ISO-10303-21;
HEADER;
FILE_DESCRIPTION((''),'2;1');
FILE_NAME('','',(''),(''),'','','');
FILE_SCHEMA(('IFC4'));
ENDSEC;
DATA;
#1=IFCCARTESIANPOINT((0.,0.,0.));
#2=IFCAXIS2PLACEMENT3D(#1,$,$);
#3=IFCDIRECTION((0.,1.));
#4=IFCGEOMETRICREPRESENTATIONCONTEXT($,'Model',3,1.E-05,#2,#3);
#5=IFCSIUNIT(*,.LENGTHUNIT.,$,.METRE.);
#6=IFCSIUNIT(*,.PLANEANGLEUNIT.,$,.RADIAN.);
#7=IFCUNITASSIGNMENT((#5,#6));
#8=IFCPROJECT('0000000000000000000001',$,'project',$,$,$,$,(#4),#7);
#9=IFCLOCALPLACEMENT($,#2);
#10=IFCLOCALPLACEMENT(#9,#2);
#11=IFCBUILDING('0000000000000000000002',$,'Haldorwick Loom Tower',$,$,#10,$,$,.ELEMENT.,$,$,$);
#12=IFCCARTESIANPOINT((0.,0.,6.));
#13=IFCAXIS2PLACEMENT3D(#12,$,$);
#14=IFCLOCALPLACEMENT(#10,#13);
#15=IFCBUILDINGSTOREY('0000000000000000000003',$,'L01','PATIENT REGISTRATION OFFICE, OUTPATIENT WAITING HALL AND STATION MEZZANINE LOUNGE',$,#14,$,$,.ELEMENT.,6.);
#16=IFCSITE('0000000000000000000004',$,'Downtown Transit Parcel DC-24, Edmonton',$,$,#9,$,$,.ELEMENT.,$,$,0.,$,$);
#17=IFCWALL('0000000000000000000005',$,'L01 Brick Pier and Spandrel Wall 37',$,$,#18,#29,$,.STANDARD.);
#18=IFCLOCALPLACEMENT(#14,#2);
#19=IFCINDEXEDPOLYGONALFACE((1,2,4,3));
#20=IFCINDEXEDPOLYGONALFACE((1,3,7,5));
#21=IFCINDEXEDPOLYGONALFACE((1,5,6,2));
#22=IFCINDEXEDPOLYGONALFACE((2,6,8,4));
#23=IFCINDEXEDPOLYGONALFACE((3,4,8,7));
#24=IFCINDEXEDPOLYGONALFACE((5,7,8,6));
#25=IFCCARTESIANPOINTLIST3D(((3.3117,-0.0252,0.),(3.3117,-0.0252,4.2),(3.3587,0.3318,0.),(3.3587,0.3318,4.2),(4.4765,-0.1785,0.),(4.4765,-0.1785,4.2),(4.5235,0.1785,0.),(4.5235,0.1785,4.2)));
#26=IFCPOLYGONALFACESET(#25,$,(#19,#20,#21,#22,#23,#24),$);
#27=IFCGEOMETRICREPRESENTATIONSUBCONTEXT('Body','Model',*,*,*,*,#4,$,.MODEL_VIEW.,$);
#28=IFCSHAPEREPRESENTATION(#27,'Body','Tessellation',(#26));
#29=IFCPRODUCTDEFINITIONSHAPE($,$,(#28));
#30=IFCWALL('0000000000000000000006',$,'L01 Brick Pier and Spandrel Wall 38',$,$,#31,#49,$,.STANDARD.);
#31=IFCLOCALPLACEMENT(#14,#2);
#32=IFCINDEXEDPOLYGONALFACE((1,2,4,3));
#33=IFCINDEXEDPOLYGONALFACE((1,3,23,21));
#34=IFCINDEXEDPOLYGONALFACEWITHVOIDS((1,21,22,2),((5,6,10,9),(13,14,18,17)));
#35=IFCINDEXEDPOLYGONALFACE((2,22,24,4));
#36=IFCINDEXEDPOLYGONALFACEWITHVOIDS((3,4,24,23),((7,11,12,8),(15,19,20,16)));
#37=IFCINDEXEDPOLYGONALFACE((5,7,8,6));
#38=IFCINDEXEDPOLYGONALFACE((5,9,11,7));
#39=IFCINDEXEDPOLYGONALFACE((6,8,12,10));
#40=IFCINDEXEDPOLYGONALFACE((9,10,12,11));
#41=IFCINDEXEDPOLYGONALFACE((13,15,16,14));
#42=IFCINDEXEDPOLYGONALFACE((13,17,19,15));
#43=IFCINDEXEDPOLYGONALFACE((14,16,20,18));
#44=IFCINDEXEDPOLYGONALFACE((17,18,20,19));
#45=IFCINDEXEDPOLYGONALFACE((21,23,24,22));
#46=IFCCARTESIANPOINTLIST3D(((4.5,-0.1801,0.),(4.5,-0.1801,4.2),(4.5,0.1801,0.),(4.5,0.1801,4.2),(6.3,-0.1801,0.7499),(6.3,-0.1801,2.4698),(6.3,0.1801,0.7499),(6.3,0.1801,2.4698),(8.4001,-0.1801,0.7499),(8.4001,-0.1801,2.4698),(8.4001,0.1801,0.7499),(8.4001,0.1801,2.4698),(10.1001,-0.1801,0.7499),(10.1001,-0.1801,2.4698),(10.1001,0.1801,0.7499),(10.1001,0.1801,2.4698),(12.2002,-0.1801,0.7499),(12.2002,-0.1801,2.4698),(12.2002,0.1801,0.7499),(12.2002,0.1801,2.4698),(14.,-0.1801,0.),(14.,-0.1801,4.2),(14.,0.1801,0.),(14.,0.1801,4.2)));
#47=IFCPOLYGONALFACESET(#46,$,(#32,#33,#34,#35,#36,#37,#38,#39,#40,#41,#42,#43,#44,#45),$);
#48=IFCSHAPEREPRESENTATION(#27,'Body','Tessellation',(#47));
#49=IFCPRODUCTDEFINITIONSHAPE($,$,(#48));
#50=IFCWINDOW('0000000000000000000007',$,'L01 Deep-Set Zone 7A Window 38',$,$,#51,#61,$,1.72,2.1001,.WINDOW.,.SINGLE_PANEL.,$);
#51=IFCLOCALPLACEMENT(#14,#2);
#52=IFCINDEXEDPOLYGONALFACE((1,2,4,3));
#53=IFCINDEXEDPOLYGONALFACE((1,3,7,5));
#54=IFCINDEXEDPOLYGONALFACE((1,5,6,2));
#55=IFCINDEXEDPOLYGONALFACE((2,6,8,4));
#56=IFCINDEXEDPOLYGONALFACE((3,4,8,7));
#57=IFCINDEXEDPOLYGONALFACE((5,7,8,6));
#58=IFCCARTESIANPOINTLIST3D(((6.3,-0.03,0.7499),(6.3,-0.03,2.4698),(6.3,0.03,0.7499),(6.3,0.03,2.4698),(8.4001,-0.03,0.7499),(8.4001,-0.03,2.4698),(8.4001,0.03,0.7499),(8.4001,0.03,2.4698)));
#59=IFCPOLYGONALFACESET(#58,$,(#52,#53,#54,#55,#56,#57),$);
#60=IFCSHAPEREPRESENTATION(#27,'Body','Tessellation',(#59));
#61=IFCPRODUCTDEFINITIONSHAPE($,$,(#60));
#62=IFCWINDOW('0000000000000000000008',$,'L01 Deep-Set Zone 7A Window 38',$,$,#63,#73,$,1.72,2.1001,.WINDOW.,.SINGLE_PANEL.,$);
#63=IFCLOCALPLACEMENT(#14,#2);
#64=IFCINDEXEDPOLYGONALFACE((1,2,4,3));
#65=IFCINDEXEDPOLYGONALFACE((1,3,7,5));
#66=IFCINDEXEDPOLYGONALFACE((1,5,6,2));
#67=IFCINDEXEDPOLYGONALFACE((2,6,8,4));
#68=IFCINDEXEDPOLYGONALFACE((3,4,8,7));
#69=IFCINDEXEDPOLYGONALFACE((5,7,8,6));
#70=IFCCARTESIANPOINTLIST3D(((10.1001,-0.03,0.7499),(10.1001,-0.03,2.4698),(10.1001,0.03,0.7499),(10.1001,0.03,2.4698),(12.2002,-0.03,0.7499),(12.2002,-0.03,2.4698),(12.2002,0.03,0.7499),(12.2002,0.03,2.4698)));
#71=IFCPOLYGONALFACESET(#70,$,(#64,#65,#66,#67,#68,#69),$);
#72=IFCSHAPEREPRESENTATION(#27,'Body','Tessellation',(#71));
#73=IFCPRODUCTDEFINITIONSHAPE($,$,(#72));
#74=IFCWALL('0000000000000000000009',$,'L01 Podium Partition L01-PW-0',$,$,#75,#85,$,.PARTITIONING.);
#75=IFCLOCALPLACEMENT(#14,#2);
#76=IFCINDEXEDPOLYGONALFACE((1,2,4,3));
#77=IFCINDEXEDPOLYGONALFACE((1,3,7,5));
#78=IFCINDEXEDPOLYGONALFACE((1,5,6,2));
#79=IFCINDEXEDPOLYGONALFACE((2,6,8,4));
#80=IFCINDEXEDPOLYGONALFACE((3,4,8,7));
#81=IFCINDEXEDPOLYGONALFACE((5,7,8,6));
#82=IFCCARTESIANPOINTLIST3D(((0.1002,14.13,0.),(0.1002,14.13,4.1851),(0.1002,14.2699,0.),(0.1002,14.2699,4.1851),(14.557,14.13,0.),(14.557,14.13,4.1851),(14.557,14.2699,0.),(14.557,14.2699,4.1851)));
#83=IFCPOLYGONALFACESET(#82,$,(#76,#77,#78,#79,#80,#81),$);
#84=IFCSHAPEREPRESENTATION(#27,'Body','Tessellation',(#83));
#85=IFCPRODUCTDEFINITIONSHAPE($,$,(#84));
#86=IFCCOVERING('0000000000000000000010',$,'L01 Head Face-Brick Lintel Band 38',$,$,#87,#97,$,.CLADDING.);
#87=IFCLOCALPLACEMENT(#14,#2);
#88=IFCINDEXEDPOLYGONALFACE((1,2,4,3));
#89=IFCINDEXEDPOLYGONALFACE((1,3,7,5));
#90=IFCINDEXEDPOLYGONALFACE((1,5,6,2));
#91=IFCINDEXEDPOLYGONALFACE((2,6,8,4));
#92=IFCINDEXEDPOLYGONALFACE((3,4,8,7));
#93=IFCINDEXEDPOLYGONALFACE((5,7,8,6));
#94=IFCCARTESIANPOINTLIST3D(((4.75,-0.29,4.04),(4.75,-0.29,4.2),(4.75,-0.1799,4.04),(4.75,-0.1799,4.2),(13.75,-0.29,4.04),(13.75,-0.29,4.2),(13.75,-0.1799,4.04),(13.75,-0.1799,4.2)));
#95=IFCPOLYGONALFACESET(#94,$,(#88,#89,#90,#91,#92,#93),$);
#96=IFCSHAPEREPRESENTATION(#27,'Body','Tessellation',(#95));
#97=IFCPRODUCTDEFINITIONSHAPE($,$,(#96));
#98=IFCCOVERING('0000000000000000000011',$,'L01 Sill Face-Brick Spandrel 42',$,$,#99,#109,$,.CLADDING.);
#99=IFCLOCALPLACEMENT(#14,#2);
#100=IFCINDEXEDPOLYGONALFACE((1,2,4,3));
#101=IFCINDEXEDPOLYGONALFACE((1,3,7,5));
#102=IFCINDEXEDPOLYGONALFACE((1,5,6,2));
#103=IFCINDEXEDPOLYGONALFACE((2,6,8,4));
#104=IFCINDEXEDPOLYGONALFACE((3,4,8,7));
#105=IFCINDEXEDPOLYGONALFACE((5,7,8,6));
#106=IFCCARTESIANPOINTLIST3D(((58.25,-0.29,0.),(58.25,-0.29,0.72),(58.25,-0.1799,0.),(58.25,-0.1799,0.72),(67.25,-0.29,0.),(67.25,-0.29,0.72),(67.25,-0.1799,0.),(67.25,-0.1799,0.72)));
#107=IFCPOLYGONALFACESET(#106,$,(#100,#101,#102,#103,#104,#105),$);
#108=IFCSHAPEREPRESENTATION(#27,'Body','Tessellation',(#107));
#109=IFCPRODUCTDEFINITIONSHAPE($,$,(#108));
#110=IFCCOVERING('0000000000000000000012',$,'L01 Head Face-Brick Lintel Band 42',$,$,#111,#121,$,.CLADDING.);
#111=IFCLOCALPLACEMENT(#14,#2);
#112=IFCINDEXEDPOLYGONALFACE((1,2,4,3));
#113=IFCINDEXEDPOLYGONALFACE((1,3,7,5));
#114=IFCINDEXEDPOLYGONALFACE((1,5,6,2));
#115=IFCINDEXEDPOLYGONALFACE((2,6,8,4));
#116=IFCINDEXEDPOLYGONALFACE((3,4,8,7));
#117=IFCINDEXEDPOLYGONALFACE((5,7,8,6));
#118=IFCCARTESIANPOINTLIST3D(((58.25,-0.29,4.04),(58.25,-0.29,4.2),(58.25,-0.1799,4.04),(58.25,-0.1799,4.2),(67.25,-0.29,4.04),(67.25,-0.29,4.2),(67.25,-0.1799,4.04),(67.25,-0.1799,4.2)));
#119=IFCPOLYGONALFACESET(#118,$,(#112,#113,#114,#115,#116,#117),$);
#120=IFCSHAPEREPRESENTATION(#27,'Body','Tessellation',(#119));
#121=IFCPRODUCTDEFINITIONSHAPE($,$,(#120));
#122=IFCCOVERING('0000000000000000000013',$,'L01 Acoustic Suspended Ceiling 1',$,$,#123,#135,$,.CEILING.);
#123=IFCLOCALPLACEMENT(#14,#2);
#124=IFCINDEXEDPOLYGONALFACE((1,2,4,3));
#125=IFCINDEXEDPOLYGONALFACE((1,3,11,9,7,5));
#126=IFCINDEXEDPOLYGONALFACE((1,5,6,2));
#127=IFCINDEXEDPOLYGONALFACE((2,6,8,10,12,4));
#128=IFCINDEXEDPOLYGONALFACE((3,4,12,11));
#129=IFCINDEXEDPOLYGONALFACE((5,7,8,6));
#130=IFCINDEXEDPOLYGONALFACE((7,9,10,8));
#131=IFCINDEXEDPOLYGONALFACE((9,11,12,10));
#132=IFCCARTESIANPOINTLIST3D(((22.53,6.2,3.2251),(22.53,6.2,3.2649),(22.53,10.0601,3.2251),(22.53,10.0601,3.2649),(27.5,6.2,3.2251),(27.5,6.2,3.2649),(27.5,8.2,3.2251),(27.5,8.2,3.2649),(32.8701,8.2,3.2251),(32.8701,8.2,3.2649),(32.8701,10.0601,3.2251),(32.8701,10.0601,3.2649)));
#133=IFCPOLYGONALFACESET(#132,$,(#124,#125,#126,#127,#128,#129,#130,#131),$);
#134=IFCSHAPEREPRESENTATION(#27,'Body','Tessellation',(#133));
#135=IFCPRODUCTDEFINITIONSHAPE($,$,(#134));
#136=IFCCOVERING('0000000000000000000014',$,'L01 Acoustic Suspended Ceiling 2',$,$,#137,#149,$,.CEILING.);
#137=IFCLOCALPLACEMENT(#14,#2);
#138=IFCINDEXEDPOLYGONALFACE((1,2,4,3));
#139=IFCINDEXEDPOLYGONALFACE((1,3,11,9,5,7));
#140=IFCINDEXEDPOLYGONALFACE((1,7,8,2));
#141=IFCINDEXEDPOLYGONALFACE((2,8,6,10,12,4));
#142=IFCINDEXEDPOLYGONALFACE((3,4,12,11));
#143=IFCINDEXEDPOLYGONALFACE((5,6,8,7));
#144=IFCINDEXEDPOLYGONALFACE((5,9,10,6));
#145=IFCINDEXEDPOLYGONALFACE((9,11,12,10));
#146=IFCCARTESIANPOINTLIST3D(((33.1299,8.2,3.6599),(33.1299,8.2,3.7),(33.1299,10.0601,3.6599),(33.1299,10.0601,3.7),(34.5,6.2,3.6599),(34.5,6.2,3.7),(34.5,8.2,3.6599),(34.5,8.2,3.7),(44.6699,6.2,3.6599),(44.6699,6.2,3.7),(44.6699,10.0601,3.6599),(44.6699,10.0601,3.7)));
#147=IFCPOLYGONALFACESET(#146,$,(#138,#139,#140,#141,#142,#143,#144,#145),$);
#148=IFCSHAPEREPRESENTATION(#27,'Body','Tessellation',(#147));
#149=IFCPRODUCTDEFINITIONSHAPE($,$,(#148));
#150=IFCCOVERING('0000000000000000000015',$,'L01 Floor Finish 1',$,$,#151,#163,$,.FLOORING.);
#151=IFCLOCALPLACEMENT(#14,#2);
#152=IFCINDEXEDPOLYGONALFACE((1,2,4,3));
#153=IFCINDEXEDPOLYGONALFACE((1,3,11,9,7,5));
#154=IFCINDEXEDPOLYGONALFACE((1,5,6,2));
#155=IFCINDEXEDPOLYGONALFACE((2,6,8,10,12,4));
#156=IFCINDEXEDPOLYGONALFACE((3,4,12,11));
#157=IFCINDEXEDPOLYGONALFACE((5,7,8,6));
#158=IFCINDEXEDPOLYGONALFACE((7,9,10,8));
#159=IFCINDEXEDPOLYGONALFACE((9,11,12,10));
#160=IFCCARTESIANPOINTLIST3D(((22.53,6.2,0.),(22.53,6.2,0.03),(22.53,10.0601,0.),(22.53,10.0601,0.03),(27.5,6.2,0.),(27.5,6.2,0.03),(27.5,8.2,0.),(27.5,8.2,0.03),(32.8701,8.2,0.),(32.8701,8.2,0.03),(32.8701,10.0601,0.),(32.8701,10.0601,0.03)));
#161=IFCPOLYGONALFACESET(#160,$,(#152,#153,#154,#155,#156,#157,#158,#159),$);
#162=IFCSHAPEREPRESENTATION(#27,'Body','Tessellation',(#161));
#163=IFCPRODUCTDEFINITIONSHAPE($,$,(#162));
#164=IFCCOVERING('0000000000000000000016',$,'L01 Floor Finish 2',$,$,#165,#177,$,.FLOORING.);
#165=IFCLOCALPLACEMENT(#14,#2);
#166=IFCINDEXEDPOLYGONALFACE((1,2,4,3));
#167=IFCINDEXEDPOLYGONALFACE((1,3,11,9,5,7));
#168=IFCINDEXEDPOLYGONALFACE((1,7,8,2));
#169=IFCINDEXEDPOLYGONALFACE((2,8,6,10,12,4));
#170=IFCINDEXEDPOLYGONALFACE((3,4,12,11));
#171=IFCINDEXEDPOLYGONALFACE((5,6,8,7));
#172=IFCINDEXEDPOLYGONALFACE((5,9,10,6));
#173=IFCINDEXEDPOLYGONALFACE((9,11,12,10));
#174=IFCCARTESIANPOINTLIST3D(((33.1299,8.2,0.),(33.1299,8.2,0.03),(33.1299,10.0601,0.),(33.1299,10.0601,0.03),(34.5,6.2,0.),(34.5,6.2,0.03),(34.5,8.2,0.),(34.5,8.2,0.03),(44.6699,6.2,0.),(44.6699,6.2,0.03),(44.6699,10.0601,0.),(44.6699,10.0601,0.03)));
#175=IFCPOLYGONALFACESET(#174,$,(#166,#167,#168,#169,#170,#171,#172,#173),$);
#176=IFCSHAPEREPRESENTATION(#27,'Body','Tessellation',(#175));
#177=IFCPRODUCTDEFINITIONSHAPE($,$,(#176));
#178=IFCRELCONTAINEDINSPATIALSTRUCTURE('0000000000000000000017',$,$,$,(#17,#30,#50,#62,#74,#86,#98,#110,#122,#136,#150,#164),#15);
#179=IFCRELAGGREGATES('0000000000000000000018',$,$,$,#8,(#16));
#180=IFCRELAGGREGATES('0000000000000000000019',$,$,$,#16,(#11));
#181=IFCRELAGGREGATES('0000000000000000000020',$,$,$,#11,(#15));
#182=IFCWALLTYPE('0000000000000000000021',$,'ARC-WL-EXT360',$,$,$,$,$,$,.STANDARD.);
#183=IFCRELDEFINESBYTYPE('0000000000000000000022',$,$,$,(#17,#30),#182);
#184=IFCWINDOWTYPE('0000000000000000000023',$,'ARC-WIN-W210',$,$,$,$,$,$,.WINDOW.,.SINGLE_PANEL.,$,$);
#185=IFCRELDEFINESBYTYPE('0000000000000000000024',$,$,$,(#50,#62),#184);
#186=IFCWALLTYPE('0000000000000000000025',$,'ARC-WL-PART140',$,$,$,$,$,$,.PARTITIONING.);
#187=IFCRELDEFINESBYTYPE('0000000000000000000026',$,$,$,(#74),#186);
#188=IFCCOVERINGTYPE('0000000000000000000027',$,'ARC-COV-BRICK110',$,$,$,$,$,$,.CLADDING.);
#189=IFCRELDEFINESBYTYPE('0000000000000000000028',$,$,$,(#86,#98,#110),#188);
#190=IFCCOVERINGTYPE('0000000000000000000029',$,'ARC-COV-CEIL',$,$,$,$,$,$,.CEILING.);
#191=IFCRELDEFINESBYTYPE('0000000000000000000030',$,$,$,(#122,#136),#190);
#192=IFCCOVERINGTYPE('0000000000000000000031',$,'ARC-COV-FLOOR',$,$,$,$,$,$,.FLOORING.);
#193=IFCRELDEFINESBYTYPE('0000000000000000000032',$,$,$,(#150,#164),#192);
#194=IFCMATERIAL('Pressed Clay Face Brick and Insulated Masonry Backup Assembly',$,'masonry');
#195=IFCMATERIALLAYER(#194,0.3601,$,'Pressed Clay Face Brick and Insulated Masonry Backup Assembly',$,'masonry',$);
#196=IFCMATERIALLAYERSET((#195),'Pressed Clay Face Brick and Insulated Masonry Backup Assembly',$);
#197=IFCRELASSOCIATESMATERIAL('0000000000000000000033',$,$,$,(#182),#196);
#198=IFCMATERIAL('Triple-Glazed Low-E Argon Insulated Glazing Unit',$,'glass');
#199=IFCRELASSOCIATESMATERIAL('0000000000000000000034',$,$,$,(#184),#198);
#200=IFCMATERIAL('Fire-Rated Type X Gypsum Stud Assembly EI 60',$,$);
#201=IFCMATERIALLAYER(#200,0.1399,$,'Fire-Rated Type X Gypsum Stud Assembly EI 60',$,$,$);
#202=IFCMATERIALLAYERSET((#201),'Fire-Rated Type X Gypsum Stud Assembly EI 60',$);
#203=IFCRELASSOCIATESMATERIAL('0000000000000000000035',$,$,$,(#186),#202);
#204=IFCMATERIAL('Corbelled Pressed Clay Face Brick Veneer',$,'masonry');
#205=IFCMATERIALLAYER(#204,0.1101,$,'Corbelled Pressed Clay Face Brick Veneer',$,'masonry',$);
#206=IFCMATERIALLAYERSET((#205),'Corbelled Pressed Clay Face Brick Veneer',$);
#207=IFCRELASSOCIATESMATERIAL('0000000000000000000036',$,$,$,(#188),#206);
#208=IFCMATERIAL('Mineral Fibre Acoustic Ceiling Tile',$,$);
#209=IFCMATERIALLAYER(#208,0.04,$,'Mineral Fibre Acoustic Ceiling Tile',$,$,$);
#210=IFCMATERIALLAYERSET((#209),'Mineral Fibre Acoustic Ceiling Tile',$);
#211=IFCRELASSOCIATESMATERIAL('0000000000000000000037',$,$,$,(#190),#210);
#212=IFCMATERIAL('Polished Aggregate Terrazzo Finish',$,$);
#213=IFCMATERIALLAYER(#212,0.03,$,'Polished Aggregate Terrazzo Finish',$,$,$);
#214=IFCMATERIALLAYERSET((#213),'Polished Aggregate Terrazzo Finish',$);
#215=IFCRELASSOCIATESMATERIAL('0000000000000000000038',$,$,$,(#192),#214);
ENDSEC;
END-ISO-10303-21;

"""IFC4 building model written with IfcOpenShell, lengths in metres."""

from ifc_helpers import new_model, si_unit, direction, frame, frame_2d, origin, place, context, subcontext, project, spatial, polyline, rectangle, outline, extrude, material, layer, layer_set, type_object, element, fill, save


model = new_model("IFC4")

# Units and contexts
model_context = context("Model", 3, precision=1e-05, world=origin(), true_north=direction((0.0, 1.0)))
body_context = subcontext(model_context, "Body", "Model", "MODEL_VIEW")
ifc_project = project(units=[si_unit("LENGTHUNIT", "METRE"), si_unit("PLANEANGLEUNIT", "RADIAN")], contexts=[model_context])

# Site, building, storey
site_placement = place(None, origin())
site = spatial("IfcSite", under=ifc_project, at=site_placement, Name="Downtown Transit Parcel DC-24, Edmonton", CompositionType="ELEMENT", RefElevation=0.0)
building_placement = place(site_placement, origin())
building = spatial("IfcBuilding", under=site, at=building_placement, Name="Haldorwick Loom Tower", CompositionType="ELEMENT")
storey_placement = place(building_placement, frame((0.0, 0.0, 6.0)))
storey = spatial("IfcBuildingStorey", under=building, at=storey_placement, Name="L01", Description="PATIENT REGISTRATION OFFICE, OUTPATIENT WAITING HALL AND STATION MEZZANINE LOUNGE", CompositionType="ELEMENT", Elevation=6.0)

# Shared definitions
ifc_material_1 = material(Name="Pressed Clay Face Brick and Insulated Masonry Backup Assembly", Category="masonry")
ifc_layer_1 = layer(ifc_material_1, 0.3601, Name="Pressed Clay Face Brick and Insulated Masonry Backup Assembly", Category="masonry")
ifc_layer_set_1 = layer_set([ifc_layer_1], Name="Pressed Clay Face Brick and Insulated Masonry Backup Assembly")
wall_type_1 = type_object("IfcWallType", Name="ARC-WL-EXT360", PredefinedType="STANDARD", material=ifc_layer_set_1)
ifc_material_2 = material(Name="Triple-Glazed Low-E Argon Insulated Glazing Unit", Category="glass")
window_type = type_object("IfcWindowType", Name="ARC-WIN-W210", PartitioningType="SINGLE_PANEL", PredefinedType="WINDOW", material=ifc_material_2)

# Wall
wall_1_placement = place(storey_placement, frame((3.3352, 0.1533, 0.0), z_axis=(0.0, 0.0, 1.0), x_axis=(0.991448, -0.130503, 0.0)))
element("IfcWall", 1, at=wall_1_placement, inside=storey, type_object=wall_type_1, Name="L01 Brick Pier and Spandrel Wall 37", PredefinedType="STANDARD", context=body_context, shape_type="SweptSolid", body=[
    extrude(rectangle(XDim=1.1748, YDim=0.3601, at=frame_2d((0.5874, 0.0))), origin(), (0.0, 0.0, 1.0), 4.2),
])

# Wall, openings, windows
wall_2_placement = place(storey_placement, frame((4.5, 0.0, 0.0), z_axis=(0.0, 0.0, 1.0), x_axis=(1.0, 0.0, 0.0)))
wall_2 = element("IfcWall", 2, at=wall_2_placement, inside=storey, type_object=wall_type_1, Name="L01 Brick Pier and Spandrel Wall 38", PredefinedType="STANDARD", context=body_context, shape_type="SweptSolid", body=[
    extrude(rectangle(XDim=9.5, YDim=0.3601, at=frame_2d((4.75, 0.0))), origin(), (0.0, 0.0, 1.0), 4.2),
])
opening_1_placement = place(wall_2_placement, frame((1.8, 0.0, 0.75)))
opening_1 = element("IfcOpeningElement", 3, at=opening_1_placement, cuts=wall_2, PredefinedType="OPENING", context=body_context, shape_type="SweptSolid", body=[
    extrude(rectangle(XDim=2.1001, YDim=1.72, at=frame_2d((1.05, 0.8599))), frame((0.0, 0.1899, 0.0), z_axis=(0.0, -1.0, 0.0), x_axis=(1.0, 0.0, 0.0)), (0.0, 0.0, 1.0), 0.3801),
])
opening_2_placement = place(wall_2_placement, frame((5.6001, 0.0, 0.75)))
opening_2 = element("IfcOpeningElement", 4, at=opening_2_placement, cuts=wall_2, PredefinedType="OPENING", context=body_context, shape_type="SweptSolid", body=[
    extrude(rectangle(XDim=2.1001, YDim=1.72, at=frame_2d((1.05, 0.8599))), frame((0.0, 0.1899, 0.0), z_axis=(0.0, -1.0, 0.0), x_axis=(1.0, 0.0, 0.0)), (0.0, 0.0, 1.0), 0.3801),
])
window_1_placement = place(opening_1_placement, origin())
window_1 = element("IfcWindow", 5, at=window_1_placement, inside=storey, type_object=window_type, Name="L01 Deep-Set Zone 7A Window 38", OverallHeight=1.72, OverallWidth=2.1001, PartitioningType="SINGLE_PANEL", PredefinedType="WINDOW", context=body_context, shape_type="SweptSolid", body=[
    extrude(rectangle(XDim=2.1001, YDim=1.72, at=frame_2d((1.05, 0.8599))), frame((0.0, 0.03, 0.0), z_axis=(0.0, -1.0, 0.0), x_axis=(1.0, 0.0, 0.0)), (0.0, 0.0, 1.0), 0.0601),
])
fill(opening_1, window_1)
window_2_placement = place(opening_2_placement, origin())
window_2 = element("IfcWindow", 6, at=window_2_placement, inside=storey, type_object=window_type, Name="L01 Deep-Set Zone 7A Window 38", OverallHeight=1.72, OverallWidth=2.1001, PartitioningType="SINGLE_PANEL", PredefinedType="WINDOW", context=body_context, shape_type="SweptSolid", body=[
    extrude(rectangle(XDim=2.1001, YDim=1.72, at=frame_2d((1.05, 0.8599))), frame((0.0, 0.03, 0.0), z_axis=(0.0, -1.0, 0.0), x_axis=(1.0, 0.0, 0.0)), (0.0, 0.0, 1.0), 0.0601),
])
fill(opening_2, window_2)

# Wall
ifc_material_3 = material(Name="Fire-Rated Type X Gypsum Stud Assembly EI 60")
ifc_layer_2 = layer(ifc_material_3, 0.1399, Name="Fire-Rated Type X Gypsum Stud Assembly EI 60")
ifc_layer_set_2 = layer_set([ifc_layer_2], Name="Fire-Rated Type X Gypsum Stud Assembly EI 60")
wall_type_2 = type_object("IfcWallType", Name="ARC-WL-PART140", PredefinedType="PARTITIONING", material=ifc_layer_set_2)
wall_3_placement = place(storey_placement, frame((0.1001, 14.2, 0.0), z_axis=(0.0, 0.0, 1.0), x_axis=(1.0, 0.0, 0.0)))
element("IfcWall", 7, at=wall_3_placement, inside=storey, type_object=wall_type_2, Name="L01 Podium Partition L01-PW-0", PredefinedType="PARTITIONING", context=body_context, shape_type="SweptSolid", body=[
    extrude(rectangle(XDim=14.4568, YDim=0.1399, at=frame_2d((7.2285, 0.0))), origin(), (0.0, 0.0, 1.0), 4.1851),
])

# Coverings
ifc_material_4 = material(Name="Corbelled Pressed Clay Face Brick Veneer", Category="masonry")
ifc_layer_3 = layer(ifc_material_4, 0.1101, Name="Corbelled Pressed Clay Face Brick Veneer", Category="masonry")
ifc_layer_set_3 = layer_set([ifc_layer_3], Name="Corbelled Pressed Clay Face Brick Veneer")
covering_type_1 = type_object("IfcCoveringType", Name="ARC-COV-BRICK110", PredefinedType="CLADDING", material=ifc_layer_set_3)
covering_1_placement = place(storey_placement, frame((0.0, 0.0, 4.04)))
element("IfcCovering", 8, at=covering_1_placement, inside=storey, type_object=covering_type_1, Name="L01 Head Face-Brick Lintel Band 38", PredefinedType="CLADDING", context=body_context, shape_type="SweptSolid", body=[
    extrude(outline(polyline([(4.75, -0.29), (13.75, -0.29), (13.75, -0.1799), (4.75, -0.1799), (4.75, -0.29)])), origin(), (0.0, 0.0, 1.0), 0.1599),
])
covering_2_placement = place(storey_placement, origin())
element("IfcCovering", 9, at=covering_2_placement, inside=storey, type_object=covering_type_1, Name="L01 Sill Face-Brick Spandrel 42", PredefinedType="CLADDING", context=body_context, shape_type="SweptSolid", body=[
    extrude(outline(polyline([(58.25, -0.29), (67.25, -0.29), (67.25, -0.1799), (58.25, -0.1799), (58.25, -0.29)])), origin(), (0.0, 0.0, 1.0), 0.72),
])
covering_3_placement = place(storey_placement, frame((0.0, 0.0, 4.04)))
element("IfcCovering", 10, at=covering_3_placement, inside=storey, type_object=covering_type_1, Name="L01 Head Face-Brick Lintel Band 42", PredefinedType="CLADDING", context=body_context, shape_type="SweptSolid", body=[
    extrude(outline(polyline([(58.25, -0.29), (67.25, -0.29), (67.25, -0.1799), (58.25, -0.1799), (58.25, -0.29)])), origin(), (0.0, 0.0, 1.0), 0.1599),
])
ifc_material_5 = material(Name="Mineral Fibre Acoustic Ceiling Tile")
ifc_layer_4 = layer(ifc_material_5, 0.04, Name="Mineral Fibre Acoustic Ceiling Tile")
ifc_layer_set_4 = layer_set([ifc_layer_4], Name="Mineral Fibre Acoustic Ceiling Tile")
covering_type_2 = type_object("IfcCoveringType", Name="ARC-COV-CEIL", PredefinedType="CEILING", material=ifc_layer_set_4)
covering_4_placement = place(storey_placement, frame((0.0, 0.0, 3.2251)))
element("IfcCovering", 11, at=covering_4_placement, inside=storey, type_object=covering_type_2, Name="L01 Acoustic Suspended Ceiling 1", PredefinedType="CEILING", context=body_context, shape_type="SweptSolid", body=[
    extrude(outline(polyline([(22.53, 6.2), (27.5, 6.2), (27.5, 8.2), (32.8701, 8.2), (32.8701, 10.0601), (22.53, 10.0601), (22.53, 6.2)])), origin(), (0.0, 0.0, 1.0), 0.0398),
])
covering_5_placement = place(storey_placement, frame((0.0, 0.0, 3.6599)))
element("IfcCovering", 12, at=covering_5_placement, inside=storey, type_object=covering_type_2, Name="L01 Acoustic Suspended Ceiling 2", PredefinedType="CEILING", context=body_context, shape_type="SweptSolid", body=[
    extrude(outline(polyline([(34.5, 6.2), (44.6699, 6.2), (44.6699, 10.0601), (33.1299, 10.0601), (33.1299, 8.2), (34.5, 8.2), (34.5, 6.2)])), origin(), (0.0, 0.0, 1.0), 0.04),
])
ifc_material_6 = material(Name="Polished Aggregate Terrazzo Finish")
ifc_layer_5 = layer(ifc_material_6, 0.03, Name="Polished Aggregate Terrazzo Finish")
ifc_layer_set_5 = layer_set([ifc_layer_5], Name="Polished Aggregate Terrazzo Finish")
covering_type_3 = type_object("IfcCoveringType", Name="ARC-COV-FLOOR", PredefinedType="FLOORING", material=ifc_layer_set_5)
covering_6_placement = place(storey_placement, origin())
element("IfcCovering", 13, at=covering_6_placement, inside=storey, type_object=covering_type_3, Name="L01 Floor Finish 1", PredefinedType="FLOORING", context=body_context, shape_type="SweptSolid", body=[
    extrude(outline(polyline([(22.53, 6.2), (27.5, 6.2), (27.5, 8.2), (32.8701, 8.2), (32.8701, 10.0601), (22.53, 10.0601), (22.53, 6.2)])), origin(), (0.0, 0.0, 1.0), 0.03),
])
covering_7_placement = place(storey_placement, origin())
element("IfcCovering", 14, at=covering_7_placement, inside=storey, type_object=covering_type_3, Name="L01 Floor Finish 2", PredefinedType="FLOORING", context=body_context, shape_type="SweptSolid", body=[
    extrude(outline(polyline([(34.5, 6.2), (44.6699, 6.2), (44.6699, 10.0601), (33.1299, 10.0601), (33.1299, 8.2), (34.5, 8.2), (34.5, 6.2)])), origin(), (0.0, 0.0, 1.0), 0.03),
])

save(model, "model.ifc")
